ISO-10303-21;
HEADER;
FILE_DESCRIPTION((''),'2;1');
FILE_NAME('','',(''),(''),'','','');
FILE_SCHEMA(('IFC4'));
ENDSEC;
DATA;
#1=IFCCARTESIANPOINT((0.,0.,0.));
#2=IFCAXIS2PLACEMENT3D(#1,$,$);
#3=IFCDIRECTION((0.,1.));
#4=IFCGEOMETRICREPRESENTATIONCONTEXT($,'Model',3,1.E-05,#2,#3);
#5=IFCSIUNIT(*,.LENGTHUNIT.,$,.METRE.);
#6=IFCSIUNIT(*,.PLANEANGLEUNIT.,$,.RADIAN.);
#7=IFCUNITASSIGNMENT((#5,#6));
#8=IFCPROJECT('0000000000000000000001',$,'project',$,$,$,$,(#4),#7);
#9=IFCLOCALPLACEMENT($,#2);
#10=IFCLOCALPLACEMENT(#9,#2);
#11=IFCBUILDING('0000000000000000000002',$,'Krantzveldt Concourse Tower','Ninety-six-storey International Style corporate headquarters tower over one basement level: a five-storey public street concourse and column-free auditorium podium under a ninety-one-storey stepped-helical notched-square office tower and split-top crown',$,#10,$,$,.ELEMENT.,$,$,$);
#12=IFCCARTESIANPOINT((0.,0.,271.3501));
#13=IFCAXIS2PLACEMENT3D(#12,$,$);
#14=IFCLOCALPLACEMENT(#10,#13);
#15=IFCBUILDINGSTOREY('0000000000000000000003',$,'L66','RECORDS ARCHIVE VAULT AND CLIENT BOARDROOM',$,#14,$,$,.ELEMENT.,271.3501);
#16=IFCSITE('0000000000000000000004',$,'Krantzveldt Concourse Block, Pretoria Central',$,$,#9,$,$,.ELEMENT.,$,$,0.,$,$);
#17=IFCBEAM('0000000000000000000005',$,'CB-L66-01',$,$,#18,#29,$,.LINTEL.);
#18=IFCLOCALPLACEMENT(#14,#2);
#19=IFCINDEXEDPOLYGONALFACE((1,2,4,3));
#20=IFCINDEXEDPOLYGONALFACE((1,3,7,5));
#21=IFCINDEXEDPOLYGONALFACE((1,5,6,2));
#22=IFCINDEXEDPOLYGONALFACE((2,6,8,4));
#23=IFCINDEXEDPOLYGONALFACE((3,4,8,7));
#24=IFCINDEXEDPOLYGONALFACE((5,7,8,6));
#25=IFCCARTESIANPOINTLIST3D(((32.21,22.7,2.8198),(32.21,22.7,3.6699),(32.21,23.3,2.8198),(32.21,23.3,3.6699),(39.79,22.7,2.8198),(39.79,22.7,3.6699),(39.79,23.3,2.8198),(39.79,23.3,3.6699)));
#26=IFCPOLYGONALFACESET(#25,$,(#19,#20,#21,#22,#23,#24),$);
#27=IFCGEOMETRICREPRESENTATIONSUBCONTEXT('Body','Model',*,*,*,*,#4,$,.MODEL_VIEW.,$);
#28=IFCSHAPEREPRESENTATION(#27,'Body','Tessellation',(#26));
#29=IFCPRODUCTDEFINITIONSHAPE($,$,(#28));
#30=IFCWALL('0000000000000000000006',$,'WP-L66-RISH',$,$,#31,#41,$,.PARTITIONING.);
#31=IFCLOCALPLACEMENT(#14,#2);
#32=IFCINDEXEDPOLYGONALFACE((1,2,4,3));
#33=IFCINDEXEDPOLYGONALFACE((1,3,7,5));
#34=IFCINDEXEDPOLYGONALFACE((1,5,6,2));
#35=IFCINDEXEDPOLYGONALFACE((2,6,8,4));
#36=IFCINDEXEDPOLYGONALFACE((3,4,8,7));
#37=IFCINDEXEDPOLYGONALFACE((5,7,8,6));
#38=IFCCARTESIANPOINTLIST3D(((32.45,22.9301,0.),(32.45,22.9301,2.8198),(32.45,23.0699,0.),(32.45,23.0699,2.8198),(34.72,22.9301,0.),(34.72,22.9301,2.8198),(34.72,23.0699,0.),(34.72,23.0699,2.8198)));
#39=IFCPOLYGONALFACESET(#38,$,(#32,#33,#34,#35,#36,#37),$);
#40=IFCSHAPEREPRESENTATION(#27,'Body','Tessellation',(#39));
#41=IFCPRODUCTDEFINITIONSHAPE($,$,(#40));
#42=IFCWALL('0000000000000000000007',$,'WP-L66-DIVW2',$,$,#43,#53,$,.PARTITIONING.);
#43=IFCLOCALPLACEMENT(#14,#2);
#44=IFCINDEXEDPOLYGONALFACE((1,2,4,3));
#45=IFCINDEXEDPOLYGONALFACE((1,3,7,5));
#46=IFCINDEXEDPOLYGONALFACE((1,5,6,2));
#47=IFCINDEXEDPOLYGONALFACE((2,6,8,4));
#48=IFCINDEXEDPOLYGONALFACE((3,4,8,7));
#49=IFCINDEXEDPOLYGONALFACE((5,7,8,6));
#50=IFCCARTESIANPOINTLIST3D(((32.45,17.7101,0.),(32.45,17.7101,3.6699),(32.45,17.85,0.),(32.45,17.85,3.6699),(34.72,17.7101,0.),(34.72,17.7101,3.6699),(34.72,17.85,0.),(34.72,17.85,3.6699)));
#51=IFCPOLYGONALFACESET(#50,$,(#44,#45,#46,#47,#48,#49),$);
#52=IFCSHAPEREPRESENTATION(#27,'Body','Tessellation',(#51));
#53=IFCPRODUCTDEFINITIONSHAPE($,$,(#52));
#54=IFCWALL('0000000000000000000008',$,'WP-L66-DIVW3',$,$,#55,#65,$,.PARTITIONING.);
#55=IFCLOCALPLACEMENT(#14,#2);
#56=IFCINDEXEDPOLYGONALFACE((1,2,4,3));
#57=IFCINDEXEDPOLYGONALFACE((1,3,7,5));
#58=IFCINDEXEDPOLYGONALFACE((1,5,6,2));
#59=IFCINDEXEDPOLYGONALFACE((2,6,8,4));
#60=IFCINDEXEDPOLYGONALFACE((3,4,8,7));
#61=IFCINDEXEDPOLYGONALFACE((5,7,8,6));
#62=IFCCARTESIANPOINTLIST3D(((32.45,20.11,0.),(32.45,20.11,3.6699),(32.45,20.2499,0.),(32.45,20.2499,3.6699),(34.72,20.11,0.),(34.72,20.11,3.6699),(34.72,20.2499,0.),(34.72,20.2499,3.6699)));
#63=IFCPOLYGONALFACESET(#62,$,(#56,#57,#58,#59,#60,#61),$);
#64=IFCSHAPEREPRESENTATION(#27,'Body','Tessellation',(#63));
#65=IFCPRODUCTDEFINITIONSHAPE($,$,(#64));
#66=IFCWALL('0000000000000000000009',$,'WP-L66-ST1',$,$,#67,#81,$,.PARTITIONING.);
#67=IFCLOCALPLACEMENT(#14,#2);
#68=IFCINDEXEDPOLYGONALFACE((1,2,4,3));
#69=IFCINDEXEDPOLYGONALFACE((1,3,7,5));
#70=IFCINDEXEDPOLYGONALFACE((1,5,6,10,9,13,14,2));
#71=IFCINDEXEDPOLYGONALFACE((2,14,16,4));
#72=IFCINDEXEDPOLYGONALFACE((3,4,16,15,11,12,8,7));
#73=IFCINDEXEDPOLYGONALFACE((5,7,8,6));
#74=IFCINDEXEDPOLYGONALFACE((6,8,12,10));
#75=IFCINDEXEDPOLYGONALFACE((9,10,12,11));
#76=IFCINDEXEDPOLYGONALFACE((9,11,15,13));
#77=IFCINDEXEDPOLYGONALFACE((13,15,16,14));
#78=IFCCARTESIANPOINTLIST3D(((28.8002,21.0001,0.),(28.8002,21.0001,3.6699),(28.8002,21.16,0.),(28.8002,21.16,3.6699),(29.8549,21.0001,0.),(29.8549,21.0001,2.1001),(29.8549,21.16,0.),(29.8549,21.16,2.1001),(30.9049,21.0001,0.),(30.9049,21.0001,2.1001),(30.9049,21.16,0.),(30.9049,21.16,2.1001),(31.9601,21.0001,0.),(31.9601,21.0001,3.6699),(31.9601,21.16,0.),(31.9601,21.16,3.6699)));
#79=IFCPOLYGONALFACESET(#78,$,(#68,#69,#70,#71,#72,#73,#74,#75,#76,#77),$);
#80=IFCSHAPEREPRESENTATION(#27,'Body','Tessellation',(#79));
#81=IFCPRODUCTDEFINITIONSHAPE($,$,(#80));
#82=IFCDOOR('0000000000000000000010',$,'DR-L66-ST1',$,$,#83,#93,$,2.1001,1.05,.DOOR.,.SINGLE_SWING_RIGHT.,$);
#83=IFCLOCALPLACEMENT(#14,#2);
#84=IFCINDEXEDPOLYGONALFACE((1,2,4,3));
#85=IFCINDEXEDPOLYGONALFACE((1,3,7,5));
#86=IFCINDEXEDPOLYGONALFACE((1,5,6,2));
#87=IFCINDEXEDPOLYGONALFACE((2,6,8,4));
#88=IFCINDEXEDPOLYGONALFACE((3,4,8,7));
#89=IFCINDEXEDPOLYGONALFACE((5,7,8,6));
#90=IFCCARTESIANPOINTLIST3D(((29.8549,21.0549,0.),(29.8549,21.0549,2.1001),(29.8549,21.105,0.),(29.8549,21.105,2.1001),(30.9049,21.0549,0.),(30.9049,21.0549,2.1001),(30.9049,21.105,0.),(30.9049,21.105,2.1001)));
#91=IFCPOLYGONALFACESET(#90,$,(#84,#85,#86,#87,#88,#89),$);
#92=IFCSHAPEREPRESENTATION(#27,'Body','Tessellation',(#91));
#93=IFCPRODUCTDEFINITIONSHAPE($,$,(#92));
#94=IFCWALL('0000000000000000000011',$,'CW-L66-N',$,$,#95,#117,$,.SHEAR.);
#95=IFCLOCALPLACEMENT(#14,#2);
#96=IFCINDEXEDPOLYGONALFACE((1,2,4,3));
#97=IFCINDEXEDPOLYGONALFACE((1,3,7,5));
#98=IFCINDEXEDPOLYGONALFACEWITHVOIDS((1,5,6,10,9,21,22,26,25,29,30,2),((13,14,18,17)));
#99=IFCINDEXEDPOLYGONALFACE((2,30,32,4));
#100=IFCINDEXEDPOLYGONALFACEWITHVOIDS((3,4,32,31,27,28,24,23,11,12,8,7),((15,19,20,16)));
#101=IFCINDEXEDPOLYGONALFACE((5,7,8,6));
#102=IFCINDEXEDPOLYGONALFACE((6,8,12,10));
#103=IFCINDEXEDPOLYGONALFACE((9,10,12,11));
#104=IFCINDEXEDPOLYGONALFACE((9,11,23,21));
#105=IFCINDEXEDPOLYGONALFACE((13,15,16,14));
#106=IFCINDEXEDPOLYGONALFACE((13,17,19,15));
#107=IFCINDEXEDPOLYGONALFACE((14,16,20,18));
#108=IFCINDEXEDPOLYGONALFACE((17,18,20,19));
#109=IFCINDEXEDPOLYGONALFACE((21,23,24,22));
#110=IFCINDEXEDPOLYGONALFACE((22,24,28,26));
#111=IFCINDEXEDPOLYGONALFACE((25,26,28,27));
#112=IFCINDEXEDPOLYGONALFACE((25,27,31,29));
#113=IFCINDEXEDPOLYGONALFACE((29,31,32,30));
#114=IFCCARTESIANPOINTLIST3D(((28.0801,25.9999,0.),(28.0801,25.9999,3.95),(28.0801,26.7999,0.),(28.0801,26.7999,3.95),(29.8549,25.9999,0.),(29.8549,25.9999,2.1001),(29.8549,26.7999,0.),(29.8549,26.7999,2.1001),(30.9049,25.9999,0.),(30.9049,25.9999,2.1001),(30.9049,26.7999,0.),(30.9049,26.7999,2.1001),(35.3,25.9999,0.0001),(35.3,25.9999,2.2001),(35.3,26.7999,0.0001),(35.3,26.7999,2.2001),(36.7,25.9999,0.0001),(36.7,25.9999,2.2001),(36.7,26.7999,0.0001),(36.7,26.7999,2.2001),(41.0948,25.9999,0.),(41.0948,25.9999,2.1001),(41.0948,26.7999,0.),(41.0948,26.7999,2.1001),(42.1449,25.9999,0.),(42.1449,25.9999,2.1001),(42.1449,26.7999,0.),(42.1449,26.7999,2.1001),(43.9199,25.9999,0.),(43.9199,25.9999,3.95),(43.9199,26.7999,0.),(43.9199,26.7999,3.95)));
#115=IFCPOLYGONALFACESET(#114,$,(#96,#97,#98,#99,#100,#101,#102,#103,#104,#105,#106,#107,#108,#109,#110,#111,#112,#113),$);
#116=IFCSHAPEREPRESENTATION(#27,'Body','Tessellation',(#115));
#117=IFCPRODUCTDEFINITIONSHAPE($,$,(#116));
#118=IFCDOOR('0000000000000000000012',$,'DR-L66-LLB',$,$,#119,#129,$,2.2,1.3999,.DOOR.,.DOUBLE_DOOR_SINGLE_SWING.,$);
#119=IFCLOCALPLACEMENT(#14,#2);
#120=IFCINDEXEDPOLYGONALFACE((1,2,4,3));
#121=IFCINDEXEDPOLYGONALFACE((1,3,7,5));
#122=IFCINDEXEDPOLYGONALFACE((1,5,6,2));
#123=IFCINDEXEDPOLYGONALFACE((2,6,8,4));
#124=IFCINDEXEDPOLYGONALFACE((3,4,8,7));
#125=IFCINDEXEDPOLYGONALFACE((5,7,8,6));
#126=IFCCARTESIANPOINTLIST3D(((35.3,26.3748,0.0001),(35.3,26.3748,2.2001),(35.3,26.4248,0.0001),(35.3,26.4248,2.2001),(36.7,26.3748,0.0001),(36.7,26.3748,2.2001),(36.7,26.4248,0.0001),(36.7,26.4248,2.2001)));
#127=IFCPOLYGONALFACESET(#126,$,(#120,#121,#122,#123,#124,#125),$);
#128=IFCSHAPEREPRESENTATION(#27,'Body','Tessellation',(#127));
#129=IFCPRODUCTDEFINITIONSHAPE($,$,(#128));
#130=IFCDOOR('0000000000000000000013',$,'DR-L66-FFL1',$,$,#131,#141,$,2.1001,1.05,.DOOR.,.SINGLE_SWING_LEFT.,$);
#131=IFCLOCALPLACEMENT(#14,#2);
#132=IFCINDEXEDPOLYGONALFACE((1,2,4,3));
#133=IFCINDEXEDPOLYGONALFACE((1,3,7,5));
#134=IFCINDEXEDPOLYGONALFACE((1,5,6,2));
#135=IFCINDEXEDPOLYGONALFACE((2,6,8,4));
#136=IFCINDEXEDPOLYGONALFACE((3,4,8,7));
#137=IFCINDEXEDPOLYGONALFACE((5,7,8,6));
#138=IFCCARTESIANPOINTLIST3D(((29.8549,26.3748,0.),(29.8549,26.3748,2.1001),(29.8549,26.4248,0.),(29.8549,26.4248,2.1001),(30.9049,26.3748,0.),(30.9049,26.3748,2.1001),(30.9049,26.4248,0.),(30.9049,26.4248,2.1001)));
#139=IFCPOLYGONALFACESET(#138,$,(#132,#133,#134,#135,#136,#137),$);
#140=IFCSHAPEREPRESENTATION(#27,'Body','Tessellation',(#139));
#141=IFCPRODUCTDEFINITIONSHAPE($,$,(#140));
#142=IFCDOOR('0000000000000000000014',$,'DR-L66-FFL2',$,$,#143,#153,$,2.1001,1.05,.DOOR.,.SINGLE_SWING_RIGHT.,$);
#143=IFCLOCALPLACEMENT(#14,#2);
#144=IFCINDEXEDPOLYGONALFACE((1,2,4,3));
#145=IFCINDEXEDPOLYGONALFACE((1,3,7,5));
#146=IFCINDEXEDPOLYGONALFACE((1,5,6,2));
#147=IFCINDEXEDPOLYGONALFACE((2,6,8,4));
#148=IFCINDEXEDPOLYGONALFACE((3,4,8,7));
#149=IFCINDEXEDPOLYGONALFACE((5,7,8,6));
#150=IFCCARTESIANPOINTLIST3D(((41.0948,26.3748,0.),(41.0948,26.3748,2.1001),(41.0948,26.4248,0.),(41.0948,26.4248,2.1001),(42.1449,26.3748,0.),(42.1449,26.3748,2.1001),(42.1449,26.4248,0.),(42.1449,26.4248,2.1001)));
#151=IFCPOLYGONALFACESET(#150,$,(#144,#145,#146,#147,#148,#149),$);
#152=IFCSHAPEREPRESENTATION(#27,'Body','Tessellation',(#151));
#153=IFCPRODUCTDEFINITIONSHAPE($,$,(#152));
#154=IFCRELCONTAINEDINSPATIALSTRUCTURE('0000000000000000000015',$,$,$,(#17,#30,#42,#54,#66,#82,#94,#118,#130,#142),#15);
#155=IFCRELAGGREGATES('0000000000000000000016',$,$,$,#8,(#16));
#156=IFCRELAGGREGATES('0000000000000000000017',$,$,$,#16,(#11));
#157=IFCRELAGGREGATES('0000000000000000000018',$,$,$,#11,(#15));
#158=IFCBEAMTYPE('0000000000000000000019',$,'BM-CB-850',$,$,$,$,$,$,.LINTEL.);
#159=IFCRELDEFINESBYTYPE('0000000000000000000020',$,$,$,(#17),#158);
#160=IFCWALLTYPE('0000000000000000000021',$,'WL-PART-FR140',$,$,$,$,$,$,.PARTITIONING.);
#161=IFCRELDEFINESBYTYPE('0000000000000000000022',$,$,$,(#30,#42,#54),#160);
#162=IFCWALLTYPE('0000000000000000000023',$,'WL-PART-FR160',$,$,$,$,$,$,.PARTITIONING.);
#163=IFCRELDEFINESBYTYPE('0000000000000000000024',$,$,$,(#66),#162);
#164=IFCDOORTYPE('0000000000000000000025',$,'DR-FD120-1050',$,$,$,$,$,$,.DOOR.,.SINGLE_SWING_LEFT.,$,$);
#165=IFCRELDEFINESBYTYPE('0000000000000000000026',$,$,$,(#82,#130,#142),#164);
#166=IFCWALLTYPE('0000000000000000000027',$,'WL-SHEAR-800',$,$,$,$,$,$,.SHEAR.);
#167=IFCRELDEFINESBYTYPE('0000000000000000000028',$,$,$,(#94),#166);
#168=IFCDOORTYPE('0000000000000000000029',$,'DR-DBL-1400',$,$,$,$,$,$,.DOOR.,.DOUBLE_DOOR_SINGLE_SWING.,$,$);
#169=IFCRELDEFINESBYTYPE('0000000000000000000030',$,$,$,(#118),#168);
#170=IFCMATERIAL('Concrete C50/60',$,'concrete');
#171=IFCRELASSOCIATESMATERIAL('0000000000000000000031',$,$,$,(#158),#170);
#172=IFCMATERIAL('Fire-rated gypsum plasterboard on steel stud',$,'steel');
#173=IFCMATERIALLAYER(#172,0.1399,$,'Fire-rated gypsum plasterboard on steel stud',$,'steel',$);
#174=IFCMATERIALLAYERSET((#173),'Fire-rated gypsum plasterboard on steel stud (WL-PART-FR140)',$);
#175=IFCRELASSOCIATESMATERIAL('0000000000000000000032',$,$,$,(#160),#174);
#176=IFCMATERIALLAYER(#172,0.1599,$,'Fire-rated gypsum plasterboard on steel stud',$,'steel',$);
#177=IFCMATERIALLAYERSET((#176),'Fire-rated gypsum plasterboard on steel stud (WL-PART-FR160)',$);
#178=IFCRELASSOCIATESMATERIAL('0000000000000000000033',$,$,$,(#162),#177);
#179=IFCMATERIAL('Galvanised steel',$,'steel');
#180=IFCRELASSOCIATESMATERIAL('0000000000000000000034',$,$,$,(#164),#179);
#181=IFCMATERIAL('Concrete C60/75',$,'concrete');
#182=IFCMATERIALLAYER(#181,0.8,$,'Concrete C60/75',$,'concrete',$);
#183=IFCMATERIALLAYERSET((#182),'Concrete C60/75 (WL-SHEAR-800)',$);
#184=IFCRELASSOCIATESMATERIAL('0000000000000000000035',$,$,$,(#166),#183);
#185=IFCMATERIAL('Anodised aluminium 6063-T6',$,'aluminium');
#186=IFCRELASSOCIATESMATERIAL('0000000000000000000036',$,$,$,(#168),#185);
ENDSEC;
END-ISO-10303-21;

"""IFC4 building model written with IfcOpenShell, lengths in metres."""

from ifc_helpers import new_model, si_unit, direction, frame, frame_2d, origin, origin_2d, place, context, subcontext, project, spatial, rectangle, extrude, source, transform, mapped, material, layer, layer_set, material_profile, profile_set, type_object, type_shapes, element, fill, save


model = new_model("IFC4")

# Units and contexts
model_context = context("Model", 3, precision=1e-05, world=origin(), true_north=direction((0.0, 1.0)))
body_context = subcontext(model_context, "Body", "Model", "MODEL_VIEW")
ifc_project = project(units=[si_unit("LENGTHUNIT", "METRE"), si_unit("PLANEANGLEUNIT", "RADIAN")], contexts=[model_context])

# Site, building, storey
site_placement = place(None, origin())
site = spatial("IfcSite", under=ifc_project, at=site_placement, Name="Krantzveldt Concourse Block, Pretoria Central", CompositionType="ELEMENT", RefElevation=0.0)
building_placement = place(site_placement, origin())
building = spatial("IfcBuilding", under=site, at=building_placement, Name="Krantzveldt Concourse Tower", Description="Ninety-six-storey International Style corporate headquarters tower over one basement level: a five-storey public street concourse and column-free auditorium podium under a ninety-one-storey stepped-helical notched-square office tower and split-top crown", CompositionType="ELEMENT")
storey_placement = place(building_placement, frame((0.0, 0.0, 271.3501)))
storey = spatial("IfcBuildingStorey", under=building, at=storey_placement, Name="L66", Description="RECORDS ARCHIVE VAULT AND CLIENT BOARDROOM", CompositionType="ELEMENT", Elevation=271.3501)

# Beam
ifc_material_1 = material(Name="Concrete C50/60", Category="concrete")
ifc_material_profile = material_profile(ifc_material_1, rectangle(XDim=0.6001, YDim=0.8501, at=origin_2d()), Name="Concrete C50/60", Category="concrete")
ifc_profile_set = profile_set([ifc_material_profile], Name="Concrete C50/60 - RC-CB 600x850")
beam_type = type_object("IfcBeamType", Name="BM-CB-850", PredefinedType="LINTEL", material=ifc_profile_set)
shared_shape = source(origin(), body_context, "Body", "SweptSolid", [
    extrude(rectangle(XDim=0.6001, YDim=0.8501, at=origin_2d()), origin(), (0.0, 0.0, 1.0), 7.5801),
])
type_shapes(beam_type, [shared_shape])
beam_placement = place(storey_placement, frame((32.21, 23.0, 3.2449), z_axis=(1.0, 0.0, 0.0), x_axis=(0.0, 1.0, 0.0)))
element("IfcBeam", 1, at=beam_placement, inside=storey, type_object=beam_type, Name="CB-L66-01", PredefinedType="LINTEL", context=body_context, shape_type="MappedRepresentation", body=[
    mapped(shared_shape, transform((0.0, 0.0, 0.0), x_axis=(1.0, 0.0, 0.0), y_axis=(0.0, 1.0, 0.0), z_axis=(0.0, 0.0, 1.0), scale=1.0)),
])

# Walls
ifc_material_2 = material(Name="Fire-rated gypsum plasterboard on steel stud", Category="steel")
ifc_layer_1 = layer(ifc_material_2, 0.1399, Name="Fire-rated gypsum plasterboard on steel stud", Category="steel")
ifc_layer_set_1 = layer_set([ifc_layer_1], Name="Fire-rated gypsum plasterboard on steel stud (WL-PART-FR140)")
wall_type_1 = type_object("IfcWallType", Name="WL-PART-FR140", PredefinedType="PARTITIONING", material=ifc_layer_set_1)
wall_1_placement = place(storey_placement, frame((32.45, 23.0, 0.0), z_axis=(0.0, 0.0, 1.0), x_axis=(1.0, 0.0, 0.0)))
element("IfcWall", 2, at=wall_1_placement, inside=storey, type_object=wall_type_1, Name="WP-L66-RISH", PredefinedType="PARTITIONING", context=body_context, shape_type="SweptSolid", body=[
    extrude(rectangle(XDim=2.27, YDim=0.1399, at=frame_2d((1.135, 0.0))), origin(), (0.0, 0.0, 1.0), 2.8198),
])
for number, where, z_axis, x_axis, name in (
    (3, (32.45, 17.78, 0.0), (0.0, 0.0, 1.0), (1.0, 0.0, 0.0), "WP-L66-DIVW2"),
    (4, (32.45, 20.1799, 0.0), (0.0, 0.0, 1.0), (1.0, 0.0, 0.0), "WP-L66-DIVW3"),
):
    element("IfcWall", number, at=place(storey_placement, frame(where, z_axis=z_axis, x_axis=x_axis)), inside=storey, type_object=wall_type_1, Name=name, PredefinedType="PARTITIONING", context=body_context, shape_type="SweptSolid", body=[
        extrude(rectangle(XDim=2.27, YDim=0.1399, at=frame_2d((1.135, 0.0))), origin(), (0.0, 0.0, 1.0), 3.6699),
    ])

# Wall, opening, door
ifc_layer_2 = layer(ifc_material_2, 0.1599, Name="Fire-rated gypsum plasterboard on steel stud", Category="steel")
ifc_layer_set_2 = layer_set([ifc_layer_2], Name="Fire-rated gypsum plasterboard on steel stud (WL-PART-FR160)")
wall_type_2 = type_object("IfcWallType", Name="WL-PART-FR160", PredefinedType="PARTITIONING", material=ifc_layer_set_2)
wall_2_placement = place(storey_placement, frame((28.8, 21.0801, 0.0), z_axis=(0.0, 0.0, 1.0), x_axis=(1.0, 0.0, 0.0)))
wall_2 = element("IfcWall", 5, at=wall_2_placement, inside=storey, type_object=wall_type_2, Name="WP-L66-ST1", PredefinedType="PARTITIONING", context=body_context, shape_type="SweptSolid", body=[
    extrude(rectangle(XDim=3.1599, YDim=0.1599, at=frame_2d((1.5801, 0.0))), origin(), (0.0, 0.0, 1.0), 3.6699),
])
opening_1_placement = place(wall_2_placement, frame((1.0549, 0.0, 0.0)))
opening_1 = element("IfcOpeningElement", 6, at=opening_1_placement, cuts=wall_2, PredefinedType="OPENING", context=body_context, shape_type="SweptSolid", body=[
    extrude(rectangle(XDim=1.05, YDim=2.1001, at=frame_2d((0.5249, 1.05))), frame((0.0, 0.0898, 0.0), z_axis=(0.0, -1.0, 0.0), x_axis=(1.0, 0.0, 0.0)), (0.0, 0.0, 1.0), 0.1799),
])
ifc_material_3 = material(Name="Galvanised steel", Category="steel")
door_type_1 = type_object("IfcDoorType", Name="DR-FD120-1050", OperationType="SINGLE_SWING_LEFT", PredefinedType="DOOR", material=ifc_material_3)
door_1_placement = place(opening_1_placement, origin())
door_1 = element("IfcDoor", 7, at=door_1_placement, inside=storey, type_object=door_type_1, Name="DR-L66-ST1", OperationType="SINGLE_SWING_RIGHT", OverallHeight=2.1001, OverallWidth=1.05, PredefinedType="DOOR", context=body_context, shape_type="SweptSolid", body=[
    extrude(rectangle(XDim=1.05, YDim=2.1001, at=frame_2d((0.5249, 1.05))), frame((0.0, 0.0249, 0.0), z_axis=(0.0, -1.0, 0.0), x_axis=(1.0, 0.0, 0.0)), (0.0, 0.0, 1.0), 0.05),
])
fill(opening_1, door_1)

# Wall, openings, doors
ifc_material_4 = material(Name="Concrete C60/75", Category="concrete")
ifc_layer_3 = layer(ifc_material_4, 0.8, Name="Concrete C60/75", Category="concrete")
ifc_layer_set_3 = layer_set([ifc_layer_3], Name="Concrete C60/75 (WL-SHEAR-800)")
wall_type_3 = type_object("IfcWallType", Name="WL-SHEAR-800", PredefinedType="SHEAR", material=ifc_layer_set_3)
wall_3_placement = place(storey_placement, frame((28.0801, 26.3999, 0.0), z_axis=(0.0, 0.0, 1.0), x_axis=(1.0, 0.0, 0.0)))
wall_3 = element("IfcWall", 8, at=wall_3_placement, inside=storey, type_object=wall_type_3, Name="CW-L66-N", PredefinedType="SHEAR", context=body_context, shape_type="SweptSolid", body=[
    extrude(rectangle(XDim=15.8398, YDim=0.8, at=frame_2d((7.9199, 0.0))), origin(), (0.0, 0.0, 1.0), 3.95),
])
opening_2_placement = place(wall_3_placement, frame((7.22, 0.0, 0.0)))
opening_2 = element("IfcOpeningElement", 9, at=opening_2_placement, cuts=wall_3, PredefinedType="OPENING", context=body_context, shape_type="SweptSolid", body=[
    extrude(rectangle(XDim=1.3999, YDim=2.2, at=frame_2d((0.7, 1.1001))), frame((0.0, 0.4102, 0.0), z_axis=(0.0, -1.0, 0.0), x_axis=(1.0, 0.0, 0.0)), (0.0, 0.0, 1.0), 0.8201),
])
opening_3_placement = place(wall_3_placement, frame((1.7749, 0.0, 0.0)))
opening_3 = element("IfcOpeningElement", 10, at=opening_3_placement, cuts=wall_3, PredefinedType="OPENING", context=body_context, shape_type="SweptSolid", body=[
    extrude(rectangle(XDim=1.05, YDim=2.1001, at=frame_2d((0.5249, 1.05))), frame((0.0, 0.4102, 0.0), z_axis=(0.0, -1.0, 0.0), x_axis=(1.0, 0.0, 0.0)), (0.0, 0.0, 1.0), 0.8201),
])
opening_4_placement = place(wall_3_placement, frame((13.0149, 0.0, 0.0)))
opening_4 = element("IfcOpeningElement", 11, at=opening_4_placement, cuts=wall_3, PredefinedType="OPENING", context=body_context, shape_type="SweptSolid", body=[
    extrude(rectangle(XDim=1.05, YDim=2.1001, at=frame_2d((0.5249, 1.05))), frame((0.0, 0.4102, 0.0), z_axis=(0.0, -1.0, 0.0), x_axis=(1.0, 0.0, 0.0)), (0.0, 0.0, 1.0), 0.8201),
])
ifc_material_5 = material(Name="Anodised aluminium 6063-T6", Category="aluminium")
door_type_2 = type_object("IfcDoorType", Name="DR-DBL-1400", OperationType="DOUBLE_DOOR_SINGLE_SWING", PredefinedType="DOOR", material=ifc_material_5)
door_2_placement = place(opening_2_placement, origin())
door_2 = element("IfcDoor", 12, at=door_2_placement, inside=storey, type_object=door_type_2, Name="DR-L66-LLB", OperationType="DOUBLE_DOOR_SINGLE_SWING", OverallHeight=2.2, OverallWidth=1.3999, PredefinedType="DOOR", context=body_context, shape_type="SweptSolid", body=[
    extrude(rectangle(XDim=1.3999, YDim=2.2, at=frame_2d((0.7, 1.1001))), frame((0.0, 0.0249, 0.0), z_axis=(0.0, -1.0, 0.0), x_axis=(1.0, 0.0, 0.0)), (0.0, 0.0, 1.0), 0.05),
])
fill(opening_2, door_2)
door_3_placement = place(opening_3_placement, origin())
door_3 = element("IfcDoor", 13, at=door_3_placement, inside=storey, type_object=door_type_1, Name="DR-L66-FFL1", OperationType="SINGLE_SWING_LEFT", OverallHeight=2.1001, OverallWidth=1.05, PredefinedType="DOOR", context=body_context, shape_type="SweptSolid", body=[
    extrude(rectangle(XDim=1.05, YDim=2.1001, at=frame_2d((0.5249, 1.05))), frame((0.0, 0.0249, 0.0), z_axis=(0.0, -1.0, 0.0), x_axis=(1.0, 0.0, 0.0)), (0.0, 0.0, 1.0), 0.05),
])
fill(opening_3, door_3)
door_4_placement = place(opening_4_placement, origin())
door_4 = element("IfcDoor", 14, at=door_4_placement, inside=storey, type_object=door_type_1, Name="DR-L66-FFL2", OperationType="SINGLE_SWING_RIGHT", OverallHeight=2.1001, OverallWidth=1.05, PredefinedType="DOOR", context=body_context, shape_type="SweptSolid", body=[
    extrude(rectangle(XDim=1.05, YDim=2.1001, at=frame_2d((0.5249, 1.05))), frame((0.0, 0.0249, 0.0), z_axis=(0.0, -1.0, 0.0), x_axis=(1.0, 0.0, 0.0)), (0.0, 0.0, 1.0), 0.05),
])
fill(opening_4, door_4)

save(model, "model.ifc")
